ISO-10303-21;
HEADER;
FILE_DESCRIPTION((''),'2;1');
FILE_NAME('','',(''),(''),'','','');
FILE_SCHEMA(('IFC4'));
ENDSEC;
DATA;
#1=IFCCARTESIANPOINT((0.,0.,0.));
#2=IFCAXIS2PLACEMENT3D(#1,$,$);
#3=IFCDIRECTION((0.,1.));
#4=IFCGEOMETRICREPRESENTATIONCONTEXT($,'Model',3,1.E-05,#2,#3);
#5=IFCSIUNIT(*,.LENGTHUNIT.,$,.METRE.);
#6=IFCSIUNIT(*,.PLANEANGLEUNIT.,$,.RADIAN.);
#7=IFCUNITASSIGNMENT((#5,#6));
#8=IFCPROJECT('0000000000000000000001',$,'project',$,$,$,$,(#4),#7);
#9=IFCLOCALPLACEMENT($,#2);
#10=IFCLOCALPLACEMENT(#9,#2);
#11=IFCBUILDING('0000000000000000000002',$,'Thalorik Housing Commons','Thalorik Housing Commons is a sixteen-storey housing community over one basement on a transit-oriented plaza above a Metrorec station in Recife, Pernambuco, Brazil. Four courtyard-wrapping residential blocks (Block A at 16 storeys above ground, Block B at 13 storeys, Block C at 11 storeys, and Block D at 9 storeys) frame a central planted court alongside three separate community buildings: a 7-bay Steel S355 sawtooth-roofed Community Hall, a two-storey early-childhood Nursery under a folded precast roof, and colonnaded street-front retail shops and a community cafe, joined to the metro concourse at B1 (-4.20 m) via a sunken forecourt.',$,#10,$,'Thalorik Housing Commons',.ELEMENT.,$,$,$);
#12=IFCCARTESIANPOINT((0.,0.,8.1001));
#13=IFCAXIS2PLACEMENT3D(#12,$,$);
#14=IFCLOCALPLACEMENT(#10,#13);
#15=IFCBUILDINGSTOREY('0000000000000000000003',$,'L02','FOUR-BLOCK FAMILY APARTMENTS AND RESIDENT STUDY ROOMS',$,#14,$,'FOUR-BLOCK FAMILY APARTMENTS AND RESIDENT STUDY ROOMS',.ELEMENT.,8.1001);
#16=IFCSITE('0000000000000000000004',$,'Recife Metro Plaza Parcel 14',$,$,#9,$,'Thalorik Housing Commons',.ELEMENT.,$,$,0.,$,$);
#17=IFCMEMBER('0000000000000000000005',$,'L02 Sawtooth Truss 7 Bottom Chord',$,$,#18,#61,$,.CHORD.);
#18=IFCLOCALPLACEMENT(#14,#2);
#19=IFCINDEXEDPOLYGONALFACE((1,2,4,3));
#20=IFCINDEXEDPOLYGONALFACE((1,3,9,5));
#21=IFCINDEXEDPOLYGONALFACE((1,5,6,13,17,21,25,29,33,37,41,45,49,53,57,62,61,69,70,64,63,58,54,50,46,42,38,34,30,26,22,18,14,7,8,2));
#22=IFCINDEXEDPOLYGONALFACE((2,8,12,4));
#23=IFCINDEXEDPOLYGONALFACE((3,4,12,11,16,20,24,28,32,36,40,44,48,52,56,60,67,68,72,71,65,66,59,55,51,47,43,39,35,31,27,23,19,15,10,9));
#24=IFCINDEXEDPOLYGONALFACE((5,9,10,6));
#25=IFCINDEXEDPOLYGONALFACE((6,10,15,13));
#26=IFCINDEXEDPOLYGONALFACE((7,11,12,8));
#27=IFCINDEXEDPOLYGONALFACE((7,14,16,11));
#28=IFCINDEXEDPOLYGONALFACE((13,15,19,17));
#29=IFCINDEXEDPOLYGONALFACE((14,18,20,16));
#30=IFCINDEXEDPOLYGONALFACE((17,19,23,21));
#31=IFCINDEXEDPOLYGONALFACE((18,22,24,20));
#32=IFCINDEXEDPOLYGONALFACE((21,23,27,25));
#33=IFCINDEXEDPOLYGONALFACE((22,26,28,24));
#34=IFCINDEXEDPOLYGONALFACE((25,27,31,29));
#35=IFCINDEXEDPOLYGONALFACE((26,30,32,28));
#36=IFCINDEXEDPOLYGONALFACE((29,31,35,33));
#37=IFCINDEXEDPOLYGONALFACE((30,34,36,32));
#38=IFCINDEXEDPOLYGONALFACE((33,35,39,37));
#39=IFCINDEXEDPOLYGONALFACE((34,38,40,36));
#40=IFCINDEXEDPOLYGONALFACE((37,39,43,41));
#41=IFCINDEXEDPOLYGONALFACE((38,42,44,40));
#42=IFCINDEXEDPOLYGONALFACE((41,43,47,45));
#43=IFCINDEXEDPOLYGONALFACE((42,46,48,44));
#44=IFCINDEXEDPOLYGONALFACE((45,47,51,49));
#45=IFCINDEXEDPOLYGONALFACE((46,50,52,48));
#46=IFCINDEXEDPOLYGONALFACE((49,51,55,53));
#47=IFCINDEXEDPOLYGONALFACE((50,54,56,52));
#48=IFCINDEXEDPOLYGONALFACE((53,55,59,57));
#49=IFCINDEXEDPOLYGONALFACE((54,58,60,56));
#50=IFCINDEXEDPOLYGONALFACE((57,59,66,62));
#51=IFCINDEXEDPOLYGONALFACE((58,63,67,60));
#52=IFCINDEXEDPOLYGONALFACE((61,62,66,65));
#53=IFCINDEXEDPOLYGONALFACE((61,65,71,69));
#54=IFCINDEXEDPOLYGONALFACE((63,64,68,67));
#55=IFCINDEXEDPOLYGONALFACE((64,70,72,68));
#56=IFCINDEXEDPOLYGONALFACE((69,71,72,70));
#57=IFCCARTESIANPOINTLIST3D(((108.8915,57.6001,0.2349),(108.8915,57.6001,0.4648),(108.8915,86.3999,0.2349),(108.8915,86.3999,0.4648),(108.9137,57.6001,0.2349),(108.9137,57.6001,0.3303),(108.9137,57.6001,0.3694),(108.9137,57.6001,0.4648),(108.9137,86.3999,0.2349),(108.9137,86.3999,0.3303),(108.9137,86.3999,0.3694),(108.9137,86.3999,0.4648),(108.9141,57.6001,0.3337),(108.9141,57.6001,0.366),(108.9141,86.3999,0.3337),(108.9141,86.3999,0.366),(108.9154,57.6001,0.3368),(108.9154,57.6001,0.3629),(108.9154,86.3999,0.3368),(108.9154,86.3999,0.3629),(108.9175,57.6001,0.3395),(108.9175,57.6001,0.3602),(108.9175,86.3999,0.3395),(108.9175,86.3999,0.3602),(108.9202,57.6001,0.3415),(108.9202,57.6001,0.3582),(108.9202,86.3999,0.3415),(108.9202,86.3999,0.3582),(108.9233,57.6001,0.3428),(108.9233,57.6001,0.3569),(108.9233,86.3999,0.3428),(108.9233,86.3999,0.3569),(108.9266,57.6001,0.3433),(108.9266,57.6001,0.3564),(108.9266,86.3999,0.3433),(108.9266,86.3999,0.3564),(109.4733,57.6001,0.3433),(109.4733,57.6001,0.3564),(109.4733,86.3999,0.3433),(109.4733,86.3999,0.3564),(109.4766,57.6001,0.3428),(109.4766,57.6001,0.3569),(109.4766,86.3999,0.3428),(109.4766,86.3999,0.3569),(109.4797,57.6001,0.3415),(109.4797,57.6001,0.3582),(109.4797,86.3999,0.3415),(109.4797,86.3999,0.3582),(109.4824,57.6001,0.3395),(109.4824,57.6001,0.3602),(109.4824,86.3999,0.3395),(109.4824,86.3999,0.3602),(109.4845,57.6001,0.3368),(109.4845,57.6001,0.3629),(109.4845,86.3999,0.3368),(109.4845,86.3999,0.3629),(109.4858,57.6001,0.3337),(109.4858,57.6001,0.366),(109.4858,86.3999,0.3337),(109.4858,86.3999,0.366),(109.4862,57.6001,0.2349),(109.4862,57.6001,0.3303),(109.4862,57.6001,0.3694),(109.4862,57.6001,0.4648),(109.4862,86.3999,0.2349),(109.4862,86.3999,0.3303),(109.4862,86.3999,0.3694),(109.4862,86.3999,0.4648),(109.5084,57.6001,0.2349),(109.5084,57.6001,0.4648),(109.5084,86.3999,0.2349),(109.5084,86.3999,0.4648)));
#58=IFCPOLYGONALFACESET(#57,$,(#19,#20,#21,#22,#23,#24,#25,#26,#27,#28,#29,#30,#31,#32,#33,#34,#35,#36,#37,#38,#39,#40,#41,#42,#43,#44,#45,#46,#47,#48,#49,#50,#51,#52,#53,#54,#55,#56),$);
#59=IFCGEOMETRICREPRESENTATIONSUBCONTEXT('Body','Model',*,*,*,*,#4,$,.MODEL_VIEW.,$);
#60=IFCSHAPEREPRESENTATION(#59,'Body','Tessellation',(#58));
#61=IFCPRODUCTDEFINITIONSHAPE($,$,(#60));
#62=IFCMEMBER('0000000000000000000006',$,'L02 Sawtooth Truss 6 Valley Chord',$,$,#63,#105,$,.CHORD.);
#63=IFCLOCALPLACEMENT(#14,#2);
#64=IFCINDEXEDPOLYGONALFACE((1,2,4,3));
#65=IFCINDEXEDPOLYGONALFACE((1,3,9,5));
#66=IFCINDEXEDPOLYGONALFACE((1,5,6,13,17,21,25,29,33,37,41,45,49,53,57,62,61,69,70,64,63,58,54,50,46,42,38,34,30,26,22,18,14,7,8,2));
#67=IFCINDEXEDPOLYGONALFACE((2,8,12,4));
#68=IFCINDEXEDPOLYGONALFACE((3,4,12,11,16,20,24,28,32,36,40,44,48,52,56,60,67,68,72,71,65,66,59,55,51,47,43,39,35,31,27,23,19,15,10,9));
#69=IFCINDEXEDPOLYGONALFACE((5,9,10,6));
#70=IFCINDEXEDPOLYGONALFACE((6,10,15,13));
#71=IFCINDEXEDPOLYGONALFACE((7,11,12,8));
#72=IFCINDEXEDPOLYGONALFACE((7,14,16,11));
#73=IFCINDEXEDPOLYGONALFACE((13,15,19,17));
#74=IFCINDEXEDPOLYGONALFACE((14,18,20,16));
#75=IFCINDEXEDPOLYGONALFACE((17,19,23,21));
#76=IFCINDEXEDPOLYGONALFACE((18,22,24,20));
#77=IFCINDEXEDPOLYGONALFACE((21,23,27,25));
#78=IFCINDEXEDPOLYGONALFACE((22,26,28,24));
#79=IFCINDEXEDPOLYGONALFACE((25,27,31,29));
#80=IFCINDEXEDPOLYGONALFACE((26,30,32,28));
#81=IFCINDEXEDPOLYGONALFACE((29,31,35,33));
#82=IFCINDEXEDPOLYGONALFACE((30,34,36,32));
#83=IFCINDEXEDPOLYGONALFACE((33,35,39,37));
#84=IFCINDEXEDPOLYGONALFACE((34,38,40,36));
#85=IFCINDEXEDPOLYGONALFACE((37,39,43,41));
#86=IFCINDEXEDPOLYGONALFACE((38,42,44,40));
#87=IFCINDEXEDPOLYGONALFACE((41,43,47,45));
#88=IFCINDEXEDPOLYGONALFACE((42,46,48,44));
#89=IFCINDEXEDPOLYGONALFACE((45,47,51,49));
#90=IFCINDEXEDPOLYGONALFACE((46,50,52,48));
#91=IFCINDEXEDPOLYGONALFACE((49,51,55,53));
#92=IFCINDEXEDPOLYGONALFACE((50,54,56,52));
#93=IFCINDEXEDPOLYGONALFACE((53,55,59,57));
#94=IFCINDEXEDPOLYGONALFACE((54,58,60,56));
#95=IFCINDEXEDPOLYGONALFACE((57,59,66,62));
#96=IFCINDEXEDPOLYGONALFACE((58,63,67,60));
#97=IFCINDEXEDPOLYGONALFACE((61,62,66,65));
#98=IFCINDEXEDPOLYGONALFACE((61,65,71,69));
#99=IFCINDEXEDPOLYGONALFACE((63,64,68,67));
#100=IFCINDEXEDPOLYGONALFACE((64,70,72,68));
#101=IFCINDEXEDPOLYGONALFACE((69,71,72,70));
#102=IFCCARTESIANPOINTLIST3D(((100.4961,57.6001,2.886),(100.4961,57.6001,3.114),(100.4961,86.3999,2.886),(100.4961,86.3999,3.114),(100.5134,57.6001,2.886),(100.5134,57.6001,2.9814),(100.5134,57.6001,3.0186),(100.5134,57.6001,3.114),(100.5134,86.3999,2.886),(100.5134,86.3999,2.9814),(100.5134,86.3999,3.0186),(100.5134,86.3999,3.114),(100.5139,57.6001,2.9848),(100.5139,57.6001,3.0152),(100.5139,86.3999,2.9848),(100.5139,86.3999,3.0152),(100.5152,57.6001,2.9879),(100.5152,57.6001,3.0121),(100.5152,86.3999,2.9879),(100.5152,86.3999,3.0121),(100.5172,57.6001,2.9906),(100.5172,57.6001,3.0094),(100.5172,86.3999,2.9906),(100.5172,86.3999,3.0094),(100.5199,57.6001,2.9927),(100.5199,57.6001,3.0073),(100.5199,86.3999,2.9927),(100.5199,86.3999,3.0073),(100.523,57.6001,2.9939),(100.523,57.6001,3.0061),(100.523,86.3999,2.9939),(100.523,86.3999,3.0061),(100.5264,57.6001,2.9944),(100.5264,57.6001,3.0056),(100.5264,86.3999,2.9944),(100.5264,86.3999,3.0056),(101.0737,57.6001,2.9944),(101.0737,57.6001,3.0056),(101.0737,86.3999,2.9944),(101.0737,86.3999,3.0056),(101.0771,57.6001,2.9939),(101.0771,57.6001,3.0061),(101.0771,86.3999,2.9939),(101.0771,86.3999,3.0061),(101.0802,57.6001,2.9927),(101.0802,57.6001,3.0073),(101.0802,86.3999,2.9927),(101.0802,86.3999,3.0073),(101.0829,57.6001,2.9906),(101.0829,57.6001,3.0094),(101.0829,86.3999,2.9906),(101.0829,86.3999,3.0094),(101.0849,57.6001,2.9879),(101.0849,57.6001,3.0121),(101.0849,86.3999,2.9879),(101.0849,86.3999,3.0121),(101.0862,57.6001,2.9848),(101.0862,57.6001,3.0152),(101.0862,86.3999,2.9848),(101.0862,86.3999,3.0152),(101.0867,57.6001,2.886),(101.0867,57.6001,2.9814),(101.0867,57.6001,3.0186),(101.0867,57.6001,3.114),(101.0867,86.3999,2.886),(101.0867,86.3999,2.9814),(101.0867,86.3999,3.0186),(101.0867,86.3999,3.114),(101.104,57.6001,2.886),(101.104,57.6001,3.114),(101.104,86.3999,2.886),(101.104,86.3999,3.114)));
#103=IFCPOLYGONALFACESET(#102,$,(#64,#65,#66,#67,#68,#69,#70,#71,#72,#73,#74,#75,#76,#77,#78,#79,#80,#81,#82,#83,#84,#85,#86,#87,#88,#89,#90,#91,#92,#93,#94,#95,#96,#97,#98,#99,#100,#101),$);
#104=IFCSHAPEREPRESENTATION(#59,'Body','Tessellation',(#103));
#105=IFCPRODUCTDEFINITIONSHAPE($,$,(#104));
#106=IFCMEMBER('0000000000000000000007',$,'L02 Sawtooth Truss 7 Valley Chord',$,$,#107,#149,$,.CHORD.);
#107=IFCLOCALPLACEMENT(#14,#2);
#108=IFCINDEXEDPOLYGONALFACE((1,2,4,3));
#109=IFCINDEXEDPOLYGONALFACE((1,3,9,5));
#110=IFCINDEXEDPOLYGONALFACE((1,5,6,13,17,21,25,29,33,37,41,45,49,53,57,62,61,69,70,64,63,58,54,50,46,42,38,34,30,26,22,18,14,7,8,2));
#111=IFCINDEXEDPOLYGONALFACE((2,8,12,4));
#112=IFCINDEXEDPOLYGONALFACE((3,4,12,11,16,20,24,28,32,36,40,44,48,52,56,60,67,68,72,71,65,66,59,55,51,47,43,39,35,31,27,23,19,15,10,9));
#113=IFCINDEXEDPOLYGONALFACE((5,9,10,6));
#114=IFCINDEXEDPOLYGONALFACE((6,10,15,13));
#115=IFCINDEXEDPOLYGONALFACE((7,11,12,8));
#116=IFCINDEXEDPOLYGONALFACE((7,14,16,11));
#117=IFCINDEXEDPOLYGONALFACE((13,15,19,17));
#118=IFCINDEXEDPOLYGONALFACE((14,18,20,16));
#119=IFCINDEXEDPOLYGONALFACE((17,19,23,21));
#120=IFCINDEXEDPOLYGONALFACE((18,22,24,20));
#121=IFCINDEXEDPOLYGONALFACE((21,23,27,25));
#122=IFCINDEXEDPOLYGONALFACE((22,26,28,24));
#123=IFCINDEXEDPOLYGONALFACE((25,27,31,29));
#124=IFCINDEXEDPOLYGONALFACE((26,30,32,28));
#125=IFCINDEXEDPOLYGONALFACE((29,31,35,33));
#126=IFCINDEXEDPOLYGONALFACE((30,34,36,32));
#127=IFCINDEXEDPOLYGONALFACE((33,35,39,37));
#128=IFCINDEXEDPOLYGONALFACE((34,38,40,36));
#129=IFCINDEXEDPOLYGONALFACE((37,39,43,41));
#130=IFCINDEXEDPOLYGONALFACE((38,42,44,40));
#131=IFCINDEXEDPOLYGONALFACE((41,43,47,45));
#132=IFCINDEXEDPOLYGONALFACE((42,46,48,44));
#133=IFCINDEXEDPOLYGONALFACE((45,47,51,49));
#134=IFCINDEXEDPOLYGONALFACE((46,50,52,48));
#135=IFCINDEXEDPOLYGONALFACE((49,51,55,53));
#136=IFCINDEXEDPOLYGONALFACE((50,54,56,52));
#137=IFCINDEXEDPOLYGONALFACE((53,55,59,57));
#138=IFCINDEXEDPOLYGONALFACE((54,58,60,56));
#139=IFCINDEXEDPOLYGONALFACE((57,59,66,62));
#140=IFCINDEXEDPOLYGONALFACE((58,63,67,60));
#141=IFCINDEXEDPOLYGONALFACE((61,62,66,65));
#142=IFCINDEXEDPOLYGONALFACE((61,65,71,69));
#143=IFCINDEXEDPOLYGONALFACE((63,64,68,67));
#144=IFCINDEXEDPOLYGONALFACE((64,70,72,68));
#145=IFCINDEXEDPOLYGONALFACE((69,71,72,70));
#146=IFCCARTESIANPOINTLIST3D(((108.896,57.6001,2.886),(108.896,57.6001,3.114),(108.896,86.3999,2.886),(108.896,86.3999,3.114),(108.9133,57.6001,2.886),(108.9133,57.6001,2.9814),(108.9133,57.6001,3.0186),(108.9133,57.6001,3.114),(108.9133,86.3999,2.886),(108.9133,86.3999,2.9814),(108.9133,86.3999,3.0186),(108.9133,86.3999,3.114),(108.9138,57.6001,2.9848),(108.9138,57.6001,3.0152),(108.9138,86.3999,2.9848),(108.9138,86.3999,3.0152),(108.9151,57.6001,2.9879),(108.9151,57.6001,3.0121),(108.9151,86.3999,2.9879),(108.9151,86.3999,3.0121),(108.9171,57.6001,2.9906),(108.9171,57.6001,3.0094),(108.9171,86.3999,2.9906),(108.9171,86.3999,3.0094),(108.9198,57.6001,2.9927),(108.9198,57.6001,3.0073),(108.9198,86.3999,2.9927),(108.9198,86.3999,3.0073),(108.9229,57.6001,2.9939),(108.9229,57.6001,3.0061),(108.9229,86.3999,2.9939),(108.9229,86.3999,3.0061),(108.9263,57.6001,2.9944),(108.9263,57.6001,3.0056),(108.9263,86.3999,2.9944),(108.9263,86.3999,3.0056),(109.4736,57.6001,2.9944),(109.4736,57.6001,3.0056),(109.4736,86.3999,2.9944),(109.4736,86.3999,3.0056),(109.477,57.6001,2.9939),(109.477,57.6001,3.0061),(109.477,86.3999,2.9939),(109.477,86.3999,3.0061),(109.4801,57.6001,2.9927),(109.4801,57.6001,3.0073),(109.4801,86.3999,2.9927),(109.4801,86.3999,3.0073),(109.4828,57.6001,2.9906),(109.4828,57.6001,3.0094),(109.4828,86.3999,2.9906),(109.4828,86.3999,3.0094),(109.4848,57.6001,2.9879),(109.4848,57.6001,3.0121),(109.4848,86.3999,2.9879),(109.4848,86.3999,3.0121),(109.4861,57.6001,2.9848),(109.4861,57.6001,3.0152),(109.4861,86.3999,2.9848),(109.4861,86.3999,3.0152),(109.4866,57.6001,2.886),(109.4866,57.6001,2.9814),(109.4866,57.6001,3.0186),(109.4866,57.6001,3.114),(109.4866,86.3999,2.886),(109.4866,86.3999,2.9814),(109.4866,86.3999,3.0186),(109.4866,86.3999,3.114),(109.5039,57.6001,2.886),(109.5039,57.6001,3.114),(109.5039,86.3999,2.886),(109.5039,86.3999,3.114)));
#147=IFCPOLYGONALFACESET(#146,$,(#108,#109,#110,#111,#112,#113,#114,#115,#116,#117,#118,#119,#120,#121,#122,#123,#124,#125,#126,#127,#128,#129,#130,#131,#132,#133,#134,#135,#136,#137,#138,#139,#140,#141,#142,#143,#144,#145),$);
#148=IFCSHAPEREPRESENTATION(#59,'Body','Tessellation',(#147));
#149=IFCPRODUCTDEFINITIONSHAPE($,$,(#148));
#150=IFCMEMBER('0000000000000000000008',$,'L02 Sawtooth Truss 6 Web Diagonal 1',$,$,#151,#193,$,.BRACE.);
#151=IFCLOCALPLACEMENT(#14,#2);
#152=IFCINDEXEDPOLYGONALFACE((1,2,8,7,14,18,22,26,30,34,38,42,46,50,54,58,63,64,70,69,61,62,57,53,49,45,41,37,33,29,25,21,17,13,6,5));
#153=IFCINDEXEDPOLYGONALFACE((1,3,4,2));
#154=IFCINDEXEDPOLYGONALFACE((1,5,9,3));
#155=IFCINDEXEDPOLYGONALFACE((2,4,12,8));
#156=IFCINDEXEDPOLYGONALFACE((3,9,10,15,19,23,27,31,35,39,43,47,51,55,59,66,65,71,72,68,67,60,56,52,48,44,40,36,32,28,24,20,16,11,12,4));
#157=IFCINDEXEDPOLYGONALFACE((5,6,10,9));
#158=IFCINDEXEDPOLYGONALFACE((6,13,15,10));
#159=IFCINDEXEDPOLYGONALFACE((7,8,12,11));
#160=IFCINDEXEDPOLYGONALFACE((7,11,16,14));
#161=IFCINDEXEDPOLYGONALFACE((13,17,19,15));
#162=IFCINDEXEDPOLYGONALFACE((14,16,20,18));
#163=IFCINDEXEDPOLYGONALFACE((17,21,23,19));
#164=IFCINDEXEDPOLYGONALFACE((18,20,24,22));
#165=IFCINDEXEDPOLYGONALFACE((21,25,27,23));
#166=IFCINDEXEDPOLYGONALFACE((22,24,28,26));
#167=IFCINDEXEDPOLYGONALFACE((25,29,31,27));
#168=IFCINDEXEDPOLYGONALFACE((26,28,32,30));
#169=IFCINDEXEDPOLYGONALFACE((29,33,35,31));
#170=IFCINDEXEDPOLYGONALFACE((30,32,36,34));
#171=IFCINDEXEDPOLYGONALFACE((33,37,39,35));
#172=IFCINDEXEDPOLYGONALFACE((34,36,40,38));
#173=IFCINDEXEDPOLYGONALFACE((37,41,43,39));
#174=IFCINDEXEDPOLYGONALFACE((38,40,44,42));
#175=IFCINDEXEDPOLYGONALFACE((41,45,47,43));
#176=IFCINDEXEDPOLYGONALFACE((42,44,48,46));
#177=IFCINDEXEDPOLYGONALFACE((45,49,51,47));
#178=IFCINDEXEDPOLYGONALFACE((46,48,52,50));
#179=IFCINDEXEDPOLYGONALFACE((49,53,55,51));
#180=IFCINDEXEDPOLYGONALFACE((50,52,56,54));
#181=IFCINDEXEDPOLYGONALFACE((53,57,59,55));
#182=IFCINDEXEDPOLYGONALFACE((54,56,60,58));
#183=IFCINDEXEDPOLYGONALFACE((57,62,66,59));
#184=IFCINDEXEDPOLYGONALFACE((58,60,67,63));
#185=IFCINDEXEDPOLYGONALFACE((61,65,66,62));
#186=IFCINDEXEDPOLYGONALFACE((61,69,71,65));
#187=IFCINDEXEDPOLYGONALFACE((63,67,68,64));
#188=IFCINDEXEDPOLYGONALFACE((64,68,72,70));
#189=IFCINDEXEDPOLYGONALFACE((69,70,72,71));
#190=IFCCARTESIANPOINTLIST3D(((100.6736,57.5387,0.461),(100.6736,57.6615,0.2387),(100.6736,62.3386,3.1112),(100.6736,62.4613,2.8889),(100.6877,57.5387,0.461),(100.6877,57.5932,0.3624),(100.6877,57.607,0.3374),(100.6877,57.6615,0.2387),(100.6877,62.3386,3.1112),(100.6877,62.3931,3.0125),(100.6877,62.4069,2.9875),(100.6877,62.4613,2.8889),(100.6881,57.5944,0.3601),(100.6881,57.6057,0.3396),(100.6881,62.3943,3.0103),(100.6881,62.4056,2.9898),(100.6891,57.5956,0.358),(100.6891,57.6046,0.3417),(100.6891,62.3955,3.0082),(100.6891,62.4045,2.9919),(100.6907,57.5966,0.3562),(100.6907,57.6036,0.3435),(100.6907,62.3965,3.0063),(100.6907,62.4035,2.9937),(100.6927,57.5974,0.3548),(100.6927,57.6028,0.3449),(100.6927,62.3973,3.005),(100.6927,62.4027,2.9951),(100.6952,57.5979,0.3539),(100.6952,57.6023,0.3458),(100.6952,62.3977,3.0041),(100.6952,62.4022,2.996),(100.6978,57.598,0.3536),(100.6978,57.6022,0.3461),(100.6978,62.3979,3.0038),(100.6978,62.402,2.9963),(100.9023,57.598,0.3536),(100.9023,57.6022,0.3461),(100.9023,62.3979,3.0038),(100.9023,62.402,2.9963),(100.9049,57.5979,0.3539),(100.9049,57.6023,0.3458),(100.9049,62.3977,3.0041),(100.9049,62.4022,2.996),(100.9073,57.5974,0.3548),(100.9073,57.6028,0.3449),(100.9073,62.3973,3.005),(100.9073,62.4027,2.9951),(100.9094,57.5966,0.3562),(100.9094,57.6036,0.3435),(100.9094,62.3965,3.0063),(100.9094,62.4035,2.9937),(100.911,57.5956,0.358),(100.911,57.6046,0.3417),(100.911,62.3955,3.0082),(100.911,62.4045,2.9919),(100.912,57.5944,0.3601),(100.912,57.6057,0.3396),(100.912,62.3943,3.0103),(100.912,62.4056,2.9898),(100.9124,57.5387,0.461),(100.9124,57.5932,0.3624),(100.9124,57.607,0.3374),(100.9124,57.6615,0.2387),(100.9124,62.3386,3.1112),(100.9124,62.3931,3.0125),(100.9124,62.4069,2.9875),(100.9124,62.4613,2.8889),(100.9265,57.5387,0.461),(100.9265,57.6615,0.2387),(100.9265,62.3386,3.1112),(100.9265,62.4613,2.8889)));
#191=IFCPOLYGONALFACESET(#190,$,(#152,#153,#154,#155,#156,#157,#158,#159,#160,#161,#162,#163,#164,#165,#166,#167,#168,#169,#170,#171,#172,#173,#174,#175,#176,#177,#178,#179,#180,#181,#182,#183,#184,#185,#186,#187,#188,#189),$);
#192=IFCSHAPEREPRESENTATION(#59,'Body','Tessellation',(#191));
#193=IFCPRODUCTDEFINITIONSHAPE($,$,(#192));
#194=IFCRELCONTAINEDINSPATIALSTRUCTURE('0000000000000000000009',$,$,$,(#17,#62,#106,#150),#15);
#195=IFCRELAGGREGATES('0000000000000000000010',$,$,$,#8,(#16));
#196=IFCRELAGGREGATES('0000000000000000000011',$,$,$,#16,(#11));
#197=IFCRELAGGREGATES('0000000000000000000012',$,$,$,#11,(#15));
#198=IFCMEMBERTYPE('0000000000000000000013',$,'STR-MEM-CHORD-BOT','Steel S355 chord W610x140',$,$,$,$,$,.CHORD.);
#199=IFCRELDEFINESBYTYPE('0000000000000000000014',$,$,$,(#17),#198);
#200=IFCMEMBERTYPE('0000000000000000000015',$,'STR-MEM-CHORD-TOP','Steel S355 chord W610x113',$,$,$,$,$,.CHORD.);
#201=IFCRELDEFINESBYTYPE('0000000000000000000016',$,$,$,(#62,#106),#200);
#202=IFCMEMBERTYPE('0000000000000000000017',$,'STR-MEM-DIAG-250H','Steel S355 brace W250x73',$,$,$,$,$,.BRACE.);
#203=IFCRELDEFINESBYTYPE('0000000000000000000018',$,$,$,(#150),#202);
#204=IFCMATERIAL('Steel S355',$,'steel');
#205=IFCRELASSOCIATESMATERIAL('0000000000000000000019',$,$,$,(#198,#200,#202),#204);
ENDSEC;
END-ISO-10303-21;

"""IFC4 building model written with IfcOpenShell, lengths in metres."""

from ifc_helpers import new_model, si_unit, direction, frame, origin, origin_2d, place, context, subcontext, project, spatial, i_section, extrude, material, material_profile, profile_set, type_object, element, save


model = new_model("IFC4")

# Units and contexts
model_context = context("Model", 3, precision=1e-05, world=origin(), true_north=direction((0.0, 1.0)))
body_context = subcontext(model_context, "Body", "Model", "MODEL_VIEW")
ifc_project = project(units=[si_unit("LENGTHUNIT", "METRE"), si_unit("PLANEANGLEUNIT", "RADIAN")], contexts=[model_context])

# Site, building, storey
site_placement = place(None, origin())
site = spatial("IfcSite", under=ifc_project, at=site_placement, Name="Recife Metro Plaza Parcel 14", LongName="Thalorik Housing Commons", CompositionType="ELEMENT", RefElevation=0.0)
building_placement = place(site_placement, origin())
building = spatial("IfcBuilding", under=site, at=building_placement, Name="Thalorik Housing Commons", Description="Thalorik Housing Commons is a sixteen-storey housing community over one basement on a transit-oriented plaza above a Metrorec station in Recife, Pernambuco, Brazil. Four courtyard-wrapping residential blocks (Block A at 16 storeys above ground, Block B at 13 storeys, Block C at 11 storeys, and Block D at 9 storeys) frame a central planted court alongside three separate community buildings: a 7-bay Steel S355 sawtooth-roofed Community Hall, a two-storey early-childhood Nursery under a folded precast roof, and colonnaded street-front retail shops and a community cafe, joined to the metro concourse at B1 (-4.20 m) via a sunken forecourt.", LongName="Thalorik Housing Commons", CompositionType="ELEMENT")
storey_placement = place(building_placement, frame((0.0, 0.0, 8.1001)))
storey = spatial("IfcBuildingStorey", under=building, at=storey_placement, Name="L02", Description="FOUR-BLOCK FAMILY APARTMENTS AND RESIDENT STUDY ROOMS", LongName="FOUR-BLOCK FAMILY APARTMENTS AND RESIDENT STUDY ROOMS", CompositionType="ELEMENT", Elevation=8.1001)

# Shared definitions
ifc_material_1 = material(Name="Steel S355", Category="steel")

# Members
ifc_material_profile_1 = material_profile(ifc_material_1, i_section(OverallWidth=0.23, OverallDepth=0.6169, WebThickness=0.0132, FlangeThickness=0.0222, FilletRadius=0.0129, at=origin_2d()), Name="W610x140", Category="steel")
ifc_profile_set_1 = profile_set([ifc_material_profile_1], Name="Steel S355")
member_type_1 = type_object("IfcMemberType", Name="STR-MEM-CHORD-BOT", Description="Steel S355 chord W610x140", PredefinedType="CHORD", material=ifc_profile_set_1)
for number, where, z_axis, x_axis, name in (
    (1, (109.2, 57.6001, 0.3499), (0.0, 1.0, 0.0), (0.0, 0.0, 1.0), "L02 Sawtooth Truss 7 Bottom Chord"),
):
    element("IfcMember", number, at=place(storey_placement, frame(where, z_axis=z_axis, x_axis=x_axis)), inside=storey, type_object=member_type_1, Name=name, PredefinedType="CHORD", context=body_context, shape_type="SweptSolid", body=[
        extrude(i_section(OverallWidth=0.23, OverallDepth=0.6169, WebThickness=0.0132, FlangeThickness=0.0222, FilletRadius=0.0129, at=origin_2d()), origin(), (0.0, 0.0, 1.0), 28.7998),
    ])
ifc_material_profile_2 = material_profile(ifc_material_1, i_section(OverallWidth=0.228, OverallDepth=0.6079, WebThickness=0.0112, FlangeThickness=0.0173, FilletRadius=0.0129, at=origin_2d()), Name="W610x113", Category="steel")
ifc_profile_set_2 = profile_set([ifc_material_profile_2], Name="Steel S355")
member_type_2 = type_object("IfcMemberType", Name="STR-MEM-CHORD-TOP", Description="Steel S355 chord W610x113", PredefinedType="CHORD", material=ifc_profile_set_2)
for number, where, z_axis, x_axis, name in (
    (2, (100.8, 57.6001, 3.0), (0.0, 1.0, 0.0), (0.0, 0.0, 1.0), "L02 Sawtooth Truss 6 Valley Chord"),
    (3, (109.2, 57.6001, 3.0), (0.0, 1.0, 0.0), (0.0, 0.0, 1.0), "L02 Sawtooth Truss 7 Valley Chord"),
):
    element("IfcMember", number, at=place(storey_placement, frame(where, z_axis=z_axis, x_axis=x_axis)), inside=storey, type_object=member_type_2, Name=name, PredefinedType="CHORD", context=body_context, shape_type="SweptSolid", body=[
        extrude(i_section(OverallWidth=0.228, OverallDepth=0.6079, WebThickness=0.0112, FlangeThickness=0.0173, FilletRadius=0.0129, at=origin_2d()), origin(), (0.0, 0.0, 1.0), 28.7998),
    ])
ifc_material_profile_3 = material_profile(ifc_material_1, i_section(OverallWidth=0.2539, OverallDepth=0.2529, WebThickness=0.0085, FlangeThickness=0.0142, FilletRadius=0.01, at=origin_2d()), Name="W250x73", Category="steel")
ifc_profile_set_3 = profile_set([ifc_material_profile_3], Name="Steel S355")
member_type_3 = type_object("IfcMemberType", Name="STR-MEM-DIAG-250H", Description="Steel S355 brace W250x73", PredefinedType="BRACE", material=ifc_profile_set_3)
member_1_placement = place(storey_placement, frame((100.8, 57.6001, 0.3499), z_axis=(0.0, 0.875425, 0.483354), x_axis=(0.0, -0.483354, 0.875425)))
element("IfcMember", 4, at=member_1_placement, inside=storey, type_object=member_type_3, Name="L02 Sawtooth Truss 6 Web Diagonal 1", PredefinedType="BRACE", context=body_context, shape_type="SweptSolid", body=[
    extrude(i_section(OverallWidth=0.2539, OverallDepth=0.2529, WebThickness=0.0085, FlangeThickness=0.0142, FilletRadius=0.01, at=origin_2d()), origin(), (0.0, 0.0, 1.0), 5.4829),
])

save(model, "model.ifc")
